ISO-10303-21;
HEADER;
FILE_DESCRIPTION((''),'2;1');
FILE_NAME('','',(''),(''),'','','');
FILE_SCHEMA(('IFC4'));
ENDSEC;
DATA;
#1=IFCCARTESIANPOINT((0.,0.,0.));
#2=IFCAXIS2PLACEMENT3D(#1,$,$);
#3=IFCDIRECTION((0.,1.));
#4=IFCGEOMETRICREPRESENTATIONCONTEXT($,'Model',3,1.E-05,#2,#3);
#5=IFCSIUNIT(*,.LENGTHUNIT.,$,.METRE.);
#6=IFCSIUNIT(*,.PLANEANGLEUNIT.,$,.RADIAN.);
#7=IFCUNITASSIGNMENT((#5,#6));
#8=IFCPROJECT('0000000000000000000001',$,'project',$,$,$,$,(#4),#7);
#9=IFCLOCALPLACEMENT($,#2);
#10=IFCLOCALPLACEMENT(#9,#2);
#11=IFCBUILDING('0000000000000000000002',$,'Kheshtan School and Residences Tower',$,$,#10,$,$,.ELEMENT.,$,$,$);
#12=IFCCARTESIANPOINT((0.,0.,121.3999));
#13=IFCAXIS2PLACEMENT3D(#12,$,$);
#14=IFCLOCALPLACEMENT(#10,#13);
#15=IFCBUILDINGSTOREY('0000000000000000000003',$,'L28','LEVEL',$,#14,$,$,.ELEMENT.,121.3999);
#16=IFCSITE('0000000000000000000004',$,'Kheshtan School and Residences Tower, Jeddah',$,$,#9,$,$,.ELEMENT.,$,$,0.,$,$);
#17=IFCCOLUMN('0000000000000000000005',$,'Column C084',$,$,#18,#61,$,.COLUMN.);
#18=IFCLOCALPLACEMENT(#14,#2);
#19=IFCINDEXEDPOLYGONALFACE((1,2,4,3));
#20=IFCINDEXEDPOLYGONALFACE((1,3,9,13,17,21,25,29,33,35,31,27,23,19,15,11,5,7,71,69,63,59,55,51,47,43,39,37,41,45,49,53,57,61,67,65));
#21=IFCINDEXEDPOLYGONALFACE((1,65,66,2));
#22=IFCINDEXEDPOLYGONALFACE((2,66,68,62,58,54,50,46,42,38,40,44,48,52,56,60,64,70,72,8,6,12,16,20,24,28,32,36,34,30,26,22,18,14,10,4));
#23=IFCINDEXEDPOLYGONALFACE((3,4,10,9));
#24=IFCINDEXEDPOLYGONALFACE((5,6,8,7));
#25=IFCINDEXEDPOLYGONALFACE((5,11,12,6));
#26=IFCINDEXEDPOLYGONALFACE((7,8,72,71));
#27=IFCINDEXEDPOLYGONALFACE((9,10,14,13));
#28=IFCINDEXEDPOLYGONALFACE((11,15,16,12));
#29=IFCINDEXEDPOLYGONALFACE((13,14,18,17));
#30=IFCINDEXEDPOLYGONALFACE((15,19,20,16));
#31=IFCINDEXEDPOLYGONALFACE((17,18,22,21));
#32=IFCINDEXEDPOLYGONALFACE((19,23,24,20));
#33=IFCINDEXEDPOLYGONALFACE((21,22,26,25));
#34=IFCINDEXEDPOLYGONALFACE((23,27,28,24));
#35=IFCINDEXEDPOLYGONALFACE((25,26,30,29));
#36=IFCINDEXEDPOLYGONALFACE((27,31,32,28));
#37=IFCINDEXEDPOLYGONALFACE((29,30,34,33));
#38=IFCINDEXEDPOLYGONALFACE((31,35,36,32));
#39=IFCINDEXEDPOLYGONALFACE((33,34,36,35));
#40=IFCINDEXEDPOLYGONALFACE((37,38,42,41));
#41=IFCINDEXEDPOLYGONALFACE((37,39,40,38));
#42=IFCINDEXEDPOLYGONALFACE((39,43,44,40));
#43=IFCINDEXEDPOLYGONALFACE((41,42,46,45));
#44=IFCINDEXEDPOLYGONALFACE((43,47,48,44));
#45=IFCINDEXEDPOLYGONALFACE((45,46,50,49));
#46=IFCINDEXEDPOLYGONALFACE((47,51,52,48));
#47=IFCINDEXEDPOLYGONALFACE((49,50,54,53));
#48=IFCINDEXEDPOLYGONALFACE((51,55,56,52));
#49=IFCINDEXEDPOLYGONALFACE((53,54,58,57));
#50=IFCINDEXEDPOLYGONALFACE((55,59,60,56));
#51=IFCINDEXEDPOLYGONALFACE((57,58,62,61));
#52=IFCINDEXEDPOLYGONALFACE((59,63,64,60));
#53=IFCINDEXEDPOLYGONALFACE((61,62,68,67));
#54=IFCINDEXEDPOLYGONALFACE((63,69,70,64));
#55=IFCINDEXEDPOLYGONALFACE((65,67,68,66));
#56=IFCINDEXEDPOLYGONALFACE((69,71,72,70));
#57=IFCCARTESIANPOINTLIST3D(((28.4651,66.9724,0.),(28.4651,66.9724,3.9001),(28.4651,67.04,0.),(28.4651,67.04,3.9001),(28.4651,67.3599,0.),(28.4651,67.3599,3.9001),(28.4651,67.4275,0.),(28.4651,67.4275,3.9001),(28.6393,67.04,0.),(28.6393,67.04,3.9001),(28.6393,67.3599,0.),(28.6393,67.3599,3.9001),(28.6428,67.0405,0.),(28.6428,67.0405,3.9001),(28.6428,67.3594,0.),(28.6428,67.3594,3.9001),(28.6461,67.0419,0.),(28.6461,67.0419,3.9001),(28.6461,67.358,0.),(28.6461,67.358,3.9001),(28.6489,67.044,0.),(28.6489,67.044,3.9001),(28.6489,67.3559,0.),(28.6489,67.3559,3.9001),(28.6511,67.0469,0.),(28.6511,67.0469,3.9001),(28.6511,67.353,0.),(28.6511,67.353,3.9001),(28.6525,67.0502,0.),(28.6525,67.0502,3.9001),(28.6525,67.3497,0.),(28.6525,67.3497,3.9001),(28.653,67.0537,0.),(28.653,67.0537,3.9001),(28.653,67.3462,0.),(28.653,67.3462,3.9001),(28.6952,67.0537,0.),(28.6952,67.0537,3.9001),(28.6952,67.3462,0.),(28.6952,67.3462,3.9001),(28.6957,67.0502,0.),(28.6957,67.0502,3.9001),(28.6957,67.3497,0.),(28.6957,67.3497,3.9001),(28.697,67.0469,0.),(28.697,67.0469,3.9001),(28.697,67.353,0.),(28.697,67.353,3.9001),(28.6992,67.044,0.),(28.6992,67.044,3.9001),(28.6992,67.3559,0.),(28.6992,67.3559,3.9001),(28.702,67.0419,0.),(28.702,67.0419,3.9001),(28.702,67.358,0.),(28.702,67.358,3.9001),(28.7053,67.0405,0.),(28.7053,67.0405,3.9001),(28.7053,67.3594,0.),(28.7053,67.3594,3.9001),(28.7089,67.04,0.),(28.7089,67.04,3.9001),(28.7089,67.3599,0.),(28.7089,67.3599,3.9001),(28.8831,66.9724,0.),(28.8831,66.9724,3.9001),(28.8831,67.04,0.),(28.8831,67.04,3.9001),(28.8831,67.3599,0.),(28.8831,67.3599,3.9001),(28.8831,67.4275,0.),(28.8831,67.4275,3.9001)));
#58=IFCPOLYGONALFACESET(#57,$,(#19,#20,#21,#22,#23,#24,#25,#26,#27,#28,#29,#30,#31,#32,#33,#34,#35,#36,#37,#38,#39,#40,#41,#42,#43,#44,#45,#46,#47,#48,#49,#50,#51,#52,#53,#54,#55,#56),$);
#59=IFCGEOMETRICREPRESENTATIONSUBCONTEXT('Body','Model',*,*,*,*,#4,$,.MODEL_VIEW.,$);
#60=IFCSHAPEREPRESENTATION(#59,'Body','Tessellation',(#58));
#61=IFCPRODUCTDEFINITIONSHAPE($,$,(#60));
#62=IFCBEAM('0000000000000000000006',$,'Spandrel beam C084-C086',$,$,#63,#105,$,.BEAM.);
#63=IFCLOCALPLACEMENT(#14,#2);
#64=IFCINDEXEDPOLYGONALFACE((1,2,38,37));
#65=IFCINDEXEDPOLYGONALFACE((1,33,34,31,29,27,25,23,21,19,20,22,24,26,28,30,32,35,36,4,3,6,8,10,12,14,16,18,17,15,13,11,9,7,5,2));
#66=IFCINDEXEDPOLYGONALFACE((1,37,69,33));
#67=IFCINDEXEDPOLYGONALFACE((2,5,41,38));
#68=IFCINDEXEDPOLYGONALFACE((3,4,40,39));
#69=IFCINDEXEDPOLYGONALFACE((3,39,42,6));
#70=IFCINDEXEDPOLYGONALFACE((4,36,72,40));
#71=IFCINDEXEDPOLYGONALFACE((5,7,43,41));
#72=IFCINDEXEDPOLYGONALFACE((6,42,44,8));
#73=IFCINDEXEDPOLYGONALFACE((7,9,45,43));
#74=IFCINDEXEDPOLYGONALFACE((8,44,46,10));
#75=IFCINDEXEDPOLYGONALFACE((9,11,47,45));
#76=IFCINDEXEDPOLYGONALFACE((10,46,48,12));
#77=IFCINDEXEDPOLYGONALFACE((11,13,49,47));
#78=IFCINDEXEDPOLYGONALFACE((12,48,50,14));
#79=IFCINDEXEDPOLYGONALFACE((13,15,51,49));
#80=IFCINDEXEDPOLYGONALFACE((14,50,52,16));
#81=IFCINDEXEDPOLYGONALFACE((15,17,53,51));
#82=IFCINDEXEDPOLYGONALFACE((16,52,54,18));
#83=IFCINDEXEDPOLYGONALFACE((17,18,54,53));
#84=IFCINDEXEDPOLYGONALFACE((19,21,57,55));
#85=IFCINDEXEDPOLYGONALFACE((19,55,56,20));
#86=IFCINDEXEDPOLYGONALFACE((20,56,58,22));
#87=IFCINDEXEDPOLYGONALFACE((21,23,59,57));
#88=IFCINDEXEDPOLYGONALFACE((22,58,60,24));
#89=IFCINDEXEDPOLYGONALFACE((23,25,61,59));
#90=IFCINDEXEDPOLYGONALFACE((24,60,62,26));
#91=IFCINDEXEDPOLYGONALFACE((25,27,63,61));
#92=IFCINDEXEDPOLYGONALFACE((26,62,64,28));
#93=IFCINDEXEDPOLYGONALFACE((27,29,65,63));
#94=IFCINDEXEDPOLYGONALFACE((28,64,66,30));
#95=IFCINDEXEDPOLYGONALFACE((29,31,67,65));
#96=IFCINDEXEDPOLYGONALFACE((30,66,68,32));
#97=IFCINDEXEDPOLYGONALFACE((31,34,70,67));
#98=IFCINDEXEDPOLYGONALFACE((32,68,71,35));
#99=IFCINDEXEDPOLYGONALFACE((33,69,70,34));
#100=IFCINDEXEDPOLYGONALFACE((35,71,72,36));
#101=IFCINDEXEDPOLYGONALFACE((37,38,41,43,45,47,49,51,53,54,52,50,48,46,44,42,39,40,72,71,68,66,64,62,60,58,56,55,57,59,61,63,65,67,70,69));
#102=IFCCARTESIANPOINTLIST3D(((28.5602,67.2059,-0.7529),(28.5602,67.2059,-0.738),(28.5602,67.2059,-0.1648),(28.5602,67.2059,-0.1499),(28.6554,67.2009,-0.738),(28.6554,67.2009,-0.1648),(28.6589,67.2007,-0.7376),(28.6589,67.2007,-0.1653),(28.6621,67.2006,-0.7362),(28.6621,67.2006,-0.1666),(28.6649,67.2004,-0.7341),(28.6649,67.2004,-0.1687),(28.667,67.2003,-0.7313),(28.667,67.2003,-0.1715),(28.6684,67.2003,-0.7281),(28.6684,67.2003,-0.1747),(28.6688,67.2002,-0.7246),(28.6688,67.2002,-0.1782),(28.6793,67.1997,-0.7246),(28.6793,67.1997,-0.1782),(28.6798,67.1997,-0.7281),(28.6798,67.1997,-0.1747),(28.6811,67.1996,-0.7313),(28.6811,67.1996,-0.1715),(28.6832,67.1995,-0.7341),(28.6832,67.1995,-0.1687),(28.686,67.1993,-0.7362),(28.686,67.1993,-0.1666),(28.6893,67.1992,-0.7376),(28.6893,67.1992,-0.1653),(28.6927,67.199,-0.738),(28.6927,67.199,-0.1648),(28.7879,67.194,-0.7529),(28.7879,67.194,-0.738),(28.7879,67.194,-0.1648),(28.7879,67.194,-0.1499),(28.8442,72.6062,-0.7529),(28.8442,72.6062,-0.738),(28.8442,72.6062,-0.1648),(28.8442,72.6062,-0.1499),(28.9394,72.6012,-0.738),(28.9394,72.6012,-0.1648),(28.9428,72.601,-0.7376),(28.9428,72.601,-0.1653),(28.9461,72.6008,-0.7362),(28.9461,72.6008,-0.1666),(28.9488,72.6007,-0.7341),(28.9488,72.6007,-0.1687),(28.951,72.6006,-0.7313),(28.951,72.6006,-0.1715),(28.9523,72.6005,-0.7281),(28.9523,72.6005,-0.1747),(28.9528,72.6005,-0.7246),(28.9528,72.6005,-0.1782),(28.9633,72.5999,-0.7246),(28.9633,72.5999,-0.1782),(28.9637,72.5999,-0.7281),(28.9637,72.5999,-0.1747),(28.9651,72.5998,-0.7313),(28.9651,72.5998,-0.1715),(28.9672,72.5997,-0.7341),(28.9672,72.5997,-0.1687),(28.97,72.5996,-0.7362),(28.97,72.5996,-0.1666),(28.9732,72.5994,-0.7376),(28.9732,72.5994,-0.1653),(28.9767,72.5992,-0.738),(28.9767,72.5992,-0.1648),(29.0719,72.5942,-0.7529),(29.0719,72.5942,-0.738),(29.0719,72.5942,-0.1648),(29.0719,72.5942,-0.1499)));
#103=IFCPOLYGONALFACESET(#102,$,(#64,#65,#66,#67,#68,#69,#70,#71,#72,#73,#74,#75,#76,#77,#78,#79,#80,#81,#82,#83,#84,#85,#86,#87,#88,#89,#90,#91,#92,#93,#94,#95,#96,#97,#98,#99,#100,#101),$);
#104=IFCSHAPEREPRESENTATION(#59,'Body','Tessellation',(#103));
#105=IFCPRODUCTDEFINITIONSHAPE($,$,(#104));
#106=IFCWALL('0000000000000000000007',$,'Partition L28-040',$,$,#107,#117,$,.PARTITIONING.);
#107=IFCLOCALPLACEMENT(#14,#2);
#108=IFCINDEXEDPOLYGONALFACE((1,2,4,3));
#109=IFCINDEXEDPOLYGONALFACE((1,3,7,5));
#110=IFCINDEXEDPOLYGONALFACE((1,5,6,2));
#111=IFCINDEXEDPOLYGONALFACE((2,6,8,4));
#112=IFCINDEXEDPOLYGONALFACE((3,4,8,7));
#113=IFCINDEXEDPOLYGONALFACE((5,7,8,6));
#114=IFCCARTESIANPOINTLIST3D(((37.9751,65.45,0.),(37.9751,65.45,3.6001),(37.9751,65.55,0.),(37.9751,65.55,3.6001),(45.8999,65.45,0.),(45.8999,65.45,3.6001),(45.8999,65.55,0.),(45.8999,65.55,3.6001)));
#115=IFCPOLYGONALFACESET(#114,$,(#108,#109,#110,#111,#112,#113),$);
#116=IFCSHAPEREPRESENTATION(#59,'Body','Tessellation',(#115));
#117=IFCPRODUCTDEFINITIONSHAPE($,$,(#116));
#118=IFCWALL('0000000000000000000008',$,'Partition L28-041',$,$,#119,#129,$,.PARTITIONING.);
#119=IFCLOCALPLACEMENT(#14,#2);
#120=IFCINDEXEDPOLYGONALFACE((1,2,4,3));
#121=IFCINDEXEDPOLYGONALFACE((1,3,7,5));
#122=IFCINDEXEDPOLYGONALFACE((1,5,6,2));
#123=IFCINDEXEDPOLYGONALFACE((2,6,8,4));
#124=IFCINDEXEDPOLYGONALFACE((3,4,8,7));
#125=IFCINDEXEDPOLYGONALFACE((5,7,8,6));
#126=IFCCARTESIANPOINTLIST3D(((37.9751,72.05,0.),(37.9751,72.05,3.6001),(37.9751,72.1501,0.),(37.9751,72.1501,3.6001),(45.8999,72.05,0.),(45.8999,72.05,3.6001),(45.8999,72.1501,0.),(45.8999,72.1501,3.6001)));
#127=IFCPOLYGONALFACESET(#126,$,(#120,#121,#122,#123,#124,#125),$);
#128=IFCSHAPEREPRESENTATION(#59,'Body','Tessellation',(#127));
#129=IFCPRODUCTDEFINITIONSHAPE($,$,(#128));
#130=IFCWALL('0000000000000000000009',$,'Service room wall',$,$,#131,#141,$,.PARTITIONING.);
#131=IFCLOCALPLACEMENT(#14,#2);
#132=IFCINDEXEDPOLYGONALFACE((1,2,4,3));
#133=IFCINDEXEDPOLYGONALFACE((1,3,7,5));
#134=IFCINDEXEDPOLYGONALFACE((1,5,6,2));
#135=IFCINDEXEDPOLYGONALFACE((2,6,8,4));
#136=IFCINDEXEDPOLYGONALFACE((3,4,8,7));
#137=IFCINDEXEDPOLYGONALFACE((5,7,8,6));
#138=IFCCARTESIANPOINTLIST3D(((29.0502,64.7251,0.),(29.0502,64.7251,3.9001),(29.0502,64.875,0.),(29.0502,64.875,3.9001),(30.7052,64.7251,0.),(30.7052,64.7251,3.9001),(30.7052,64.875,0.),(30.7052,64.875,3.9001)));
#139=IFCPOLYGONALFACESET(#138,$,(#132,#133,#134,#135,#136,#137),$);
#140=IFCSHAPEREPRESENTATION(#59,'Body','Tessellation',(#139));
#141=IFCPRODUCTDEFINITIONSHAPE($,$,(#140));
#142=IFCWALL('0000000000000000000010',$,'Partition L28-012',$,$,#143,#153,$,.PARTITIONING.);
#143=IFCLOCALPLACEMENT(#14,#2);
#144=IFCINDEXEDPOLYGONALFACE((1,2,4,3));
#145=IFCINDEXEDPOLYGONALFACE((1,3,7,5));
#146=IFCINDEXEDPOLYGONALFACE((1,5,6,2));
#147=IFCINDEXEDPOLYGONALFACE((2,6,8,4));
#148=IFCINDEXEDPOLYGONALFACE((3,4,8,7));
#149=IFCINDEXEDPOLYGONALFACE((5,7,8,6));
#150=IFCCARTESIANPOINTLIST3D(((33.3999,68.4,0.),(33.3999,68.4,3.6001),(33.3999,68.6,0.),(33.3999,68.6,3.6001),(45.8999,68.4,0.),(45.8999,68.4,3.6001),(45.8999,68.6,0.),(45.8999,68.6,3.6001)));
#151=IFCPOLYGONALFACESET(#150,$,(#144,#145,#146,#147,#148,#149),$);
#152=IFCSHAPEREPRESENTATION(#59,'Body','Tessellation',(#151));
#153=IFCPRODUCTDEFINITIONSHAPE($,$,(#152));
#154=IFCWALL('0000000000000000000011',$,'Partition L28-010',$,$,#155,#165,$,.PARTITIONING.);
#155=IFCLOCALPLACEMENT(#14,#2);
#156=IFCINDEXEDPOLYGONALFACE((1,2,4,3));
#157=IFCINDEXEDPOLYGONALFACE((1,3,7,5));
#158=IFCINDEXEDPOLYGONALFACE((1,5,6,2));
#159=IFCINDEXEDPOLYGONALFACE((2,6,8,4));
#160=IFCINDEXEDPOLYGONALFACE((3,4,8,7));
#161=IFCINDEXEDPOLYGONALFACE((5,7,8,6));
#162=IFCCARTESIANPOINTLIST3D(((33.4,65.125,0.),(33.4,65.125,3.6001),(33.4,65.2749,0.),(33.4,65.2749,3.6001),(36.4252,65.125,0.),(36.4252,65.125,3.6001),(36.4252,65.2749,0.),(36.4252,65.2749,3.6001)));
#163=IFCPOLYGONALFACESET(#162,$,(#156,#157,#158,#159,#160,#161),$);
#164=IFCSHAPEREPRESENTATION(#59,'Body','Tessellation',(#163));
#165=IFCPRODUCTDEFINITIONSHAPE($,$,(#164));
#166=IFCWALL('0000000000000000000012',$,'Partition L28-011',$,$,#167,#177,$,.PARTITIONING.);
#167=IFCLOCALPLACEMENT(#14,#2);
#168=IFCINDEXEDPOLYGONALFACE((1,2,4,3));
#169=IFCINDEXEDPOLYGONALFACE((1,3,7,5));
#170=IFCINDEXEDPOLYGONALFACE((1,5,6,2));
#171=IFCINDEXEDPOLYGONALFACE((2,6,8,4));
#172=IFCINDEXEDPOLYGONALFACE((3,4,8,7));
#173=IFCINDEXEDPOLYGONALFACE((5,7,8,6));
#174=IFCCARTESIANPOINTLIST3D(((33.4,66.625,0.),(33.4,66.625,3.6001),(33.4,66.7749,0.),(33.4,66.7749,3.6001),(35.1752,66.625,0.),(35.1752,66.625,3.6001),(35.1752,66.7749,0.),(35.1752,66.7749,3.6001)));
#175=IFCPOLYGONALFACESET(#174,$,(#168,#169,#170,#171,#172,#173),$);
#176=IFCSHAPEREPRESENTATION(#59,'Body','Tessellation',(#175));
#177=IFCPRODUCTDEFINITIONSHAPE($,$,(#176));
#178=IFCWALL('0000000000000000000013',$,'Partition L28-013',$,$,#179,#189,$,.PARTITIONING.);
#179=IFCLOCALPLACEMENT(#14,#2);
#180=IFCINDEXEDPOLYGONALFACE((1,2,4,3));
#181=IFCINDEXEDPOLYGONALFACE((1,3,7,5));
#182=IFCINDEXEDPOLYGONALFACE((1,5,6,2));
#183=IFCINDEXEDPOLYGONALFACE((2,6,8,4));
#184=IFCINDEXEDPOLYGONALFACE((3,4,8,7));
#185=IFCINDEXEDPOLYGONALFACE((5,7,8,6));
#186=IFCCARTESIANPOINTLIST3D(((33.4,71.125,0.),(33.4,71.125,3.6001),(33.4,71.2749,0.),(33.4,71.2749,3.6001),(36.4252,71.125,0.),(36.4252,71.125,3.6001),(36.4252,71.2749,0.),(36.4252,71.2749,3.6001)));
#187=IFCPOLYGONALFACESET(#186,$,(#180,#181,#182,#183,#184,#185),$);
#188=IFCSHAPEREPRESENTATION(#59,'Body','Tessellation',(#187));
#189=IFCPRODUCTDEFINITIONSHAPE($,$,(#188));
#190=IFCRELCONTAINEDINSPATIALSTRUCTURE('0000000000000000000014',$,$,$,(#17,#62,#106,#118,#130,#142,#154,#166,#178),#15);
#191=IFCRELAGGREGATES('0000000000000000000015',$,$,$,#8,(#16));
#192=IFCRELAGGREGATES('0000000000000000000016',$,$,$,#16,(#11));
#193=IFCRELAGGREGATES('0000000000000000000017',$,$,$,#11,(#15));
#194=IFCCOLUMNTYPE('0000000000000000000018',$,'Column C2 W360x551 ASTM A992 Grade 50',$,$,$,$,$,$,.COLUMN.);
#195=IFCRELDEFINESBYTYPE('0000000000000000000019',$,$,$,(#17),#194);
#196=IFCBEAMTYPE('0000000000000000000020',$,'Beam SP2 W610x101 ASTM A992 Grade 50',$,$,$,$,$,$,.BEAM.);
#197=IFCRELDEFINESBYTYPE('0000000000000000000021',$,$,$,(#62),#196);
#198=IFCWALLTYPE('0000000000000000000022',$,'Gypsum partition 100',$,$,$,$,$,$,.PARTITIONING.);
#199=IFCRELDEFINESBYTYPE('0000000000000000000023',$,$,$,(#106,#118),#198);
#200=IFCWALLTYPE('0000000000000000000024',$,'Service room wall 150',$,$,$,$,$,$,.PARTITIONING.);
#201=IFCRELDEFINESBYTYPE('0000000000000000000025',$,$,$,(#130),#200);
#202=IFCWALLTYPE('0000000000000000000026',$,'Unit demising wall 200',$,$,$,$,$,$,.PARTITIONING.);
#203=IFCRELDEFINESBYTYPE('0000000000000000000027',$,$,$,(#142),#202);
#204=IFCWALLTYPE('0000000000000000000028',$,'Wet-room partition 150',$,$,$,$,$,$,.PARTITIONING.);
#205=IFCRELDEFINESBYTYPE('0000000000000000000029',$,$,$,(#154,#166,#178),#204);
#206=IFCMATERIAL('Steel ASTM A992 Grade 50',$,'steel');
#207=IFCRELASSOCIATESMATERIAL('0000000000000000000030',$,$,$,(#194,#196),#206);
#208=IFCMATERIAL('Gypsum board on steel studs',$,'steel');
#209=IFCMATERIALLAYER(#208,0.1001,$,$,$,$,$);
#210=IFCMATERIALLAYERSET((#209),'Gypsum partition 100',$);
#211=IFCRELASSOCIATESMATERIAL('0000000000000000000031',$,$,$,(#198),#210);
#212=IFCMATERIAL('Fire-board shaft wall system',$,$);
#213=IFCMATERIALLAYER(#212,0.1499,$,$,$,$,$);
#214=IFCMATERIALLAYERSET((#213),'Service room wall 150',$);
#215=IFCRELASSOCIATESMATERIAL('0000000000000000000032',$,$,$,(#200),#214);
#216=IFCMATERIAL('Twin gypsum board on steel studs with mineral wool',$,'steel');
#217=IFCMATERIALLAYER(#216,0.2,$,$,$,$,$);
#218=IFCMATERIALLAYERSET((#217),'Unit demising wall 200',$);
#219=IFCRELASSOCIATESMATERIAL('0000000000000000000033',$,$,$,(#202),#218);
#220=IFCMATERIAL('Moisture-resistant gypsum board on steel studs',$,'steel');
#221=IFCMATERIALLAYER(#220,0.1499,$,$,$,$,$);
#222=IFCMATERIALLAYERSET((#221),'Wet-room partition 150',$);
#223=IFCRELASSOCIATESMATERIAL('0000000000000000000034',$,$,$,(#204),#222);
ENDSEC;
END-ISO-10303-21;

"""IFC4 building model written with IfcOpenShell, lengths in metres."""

from ifc_helpers import new_model, si_unit, direction, frame, frame_2d, origin, origin_2d, place, context, subcontext, project, spatial, rectangle, i_section, extrude, material, layer, layer_set, material_profile, profile_set, type_object, element, save


model = new_model("IFC4")

# Units and contexts
model_context = context("Model", 3, precision=1e-05, world=origin(), true_north=direction((0.0, 1.0)))
body_context = subcontext(model_context, "Body", "Model", "MODEL_VIEW")
ifc_project = project(units=[si_unit("LENGTHUNIT", "METRE"), si_unit("PLANEANGLEUNIT", "RADIAN")], contexts=[model_context])

# Site, building, storey
site_placement = place(None, origin())
site = spatial("IfcSite", under=ifc_project, at=site_placement, Name="Kheshtan School and Residences Tower, Jeddah", CompositionType="ELEMENT", RefElevation=0.0)
building_placement = place(site_placement, origin())
building = spatial("IfcBuilding", under=site, at=building_placement, Name="Kheshtan School and Residences Tower", CompositionType="ELEMENT")
storey_placement = place(building_placement, frame((0.0, 0.0, 121.3999)))
storey = spatial("IfcBuildingStorey", under=building, at=storey_placement, Name="L28", Description="LEVEL", CompositionType="ELEMENT", Elevation=121.3999)

# Column
ifc_material_1 = material(Name="Steel ASTM A992 Grade 50", Category="steel")
ifc_material_profile_1 = material_profile(ifc_material_1, i_section(OverallWidth=0.418, OverallDepth=0.4551, WebThickness=0.0422, FlangeThickness=0.0676, FilletRadius=0.0137, at=origin_2d()), Name="W360x551")
ifc_profile_set_1 = profile_set([ifc_material_profile_1], Name="Steel ASTM A992 Grade 50")
column_type = type_object("IfcColumnType", Name="Column C2 W360x551 ASTM A992 Grade 50", PredefinedType="COLUMN", material=ifc_profile_set_1)
column_placement = place(storey_placement, frame((28.6741, 67.2, 0.0), z_axis=(0.0, 0.0, 1.0), x_axis=(1.0, 0.0, 0.0)))
element("IfcColumn", 1, at=column_placement, inside=storey, type_object=column_type, Name="Column C084", PredefinedType="COLUMN", context=body_context, shape_type="SweptSolid", body=[
    extrude(i_section(OverallWidth=0.418, OverallDepth=0.4551, WebThickness=0.0422, FlangeThickness=0.0676, FilletRadius=0.0137, at=origin_2d()), origin(), (0.0, 0.0, 1.0), 3.9001),
])

# Beam
ifc_material_profile_2 = material_profile(ifc_material_1, i_section(OverallWidth=0.228, OverallDepth=0.603, WebThickness=0.0105, FlangeThickness=0.0149, FilletRadius=0.0134, at=origin_2d()), Name="W610x101")
ifc_profile_set_2 = profile_set([ifc_material_profile_2], Name="Steel ASTM A992 Grade 50")
beam_type = type_object("IfcBeamType", Name="Beam SP2 W610x101 ASTM A992 Grade 50", PredefinedType="BEAM", material=ifc_profile_set_2)
beam_placement = place(storey_placement, frame((28.6741, 67.2, -0.4514), z_axis=(0.052507, 0.998621, 0.0), x_axis=(-0.998621, 0.052507, 0.0)))
element("IfcBeam", 2, at=beam_placement, inside=storey, type_object=beam_type, Name="Spandrel beam C084-C086", PredefinedType="BEAM", context=body_context, shape_type="SweptSolid", body=[
    extrude(i_section(OverallWidth=0.228, OverallDepth=0.603, WebThickness=0.0105, FlangeThickness=0.0149, FilletRadius=0.0134, at=origin_2d()), origin(), (0.0, 0.0, 1.0), 5.4077),
])

# Walls
ifc_material_2 = material(Name="Gypsum board on steel studs", Category="steel")
ifc_layer_1 = layer(ifc_material_2, 0.1001)
ifc_layer_set_1 = layer_set([ifc_layer_1], Name="Gypsum partition 100")
wall_type_1 = type_object("IfcWallType", Name="Gypsum partition 100", PredefinedType="PARTITIONING", material=ifc_layer_set_1)
for number, where, z_axis, x_axis, name in (
    (3, (37.9751, 65.5, 0.0), (0.0, 0.0, 1.0), (1.0, 0.0, 0.0), "Partition L28-040"),
    (4, (37.9751, 72.1001, 0.0), (0.0, 0.0, 1.0), (1.0, 0.0, 0.0), "Partition L28-041"),
):
    element("IfcWall", number, at=place(storey_placement, frame(where, z_axis=z_axis, x_axis=x_axis)), inside=storey, type_object=wall_type_1, Name=name, PredefinedType="PARTITIONING", context=body_context, shape_type="SweptSolid", body=[
        extrude(rectangle(XDim=7.9248, YDim=0.1001, at=frame_2d((3.9624, 0.0))), origin(), (0.0, 0.0, 1.0), 3.6001),
    ])
ifc_material_3 = material(Name="Fire-board shaft wall system")
ifc_layer_2 = layer(ifc_material_3, 0.1499)
ifc_layer_set_2 = layer_set([ifc_layer_2], Name="Service room wall 150")
wall_type_2 = type_object("IfcWallType", Name="Service room wall 150", PredefinedType="PARTITIONING", material=ifc_layer_set_2)
wall_1_placement = place(storey_placement, frame((29.05, 64.8, 0.0), z_axis=(0.0, 0.0, 1.0), x_axis=(1.0, 0.0, 0.0)))
element("IfcWall", 5, at=wall_1_placement, inside=storey, type_object=wall_type_2, Name="Service room wall", PredefinedType="PARTITIONING", context=body_context, shape_type="SweptSolid", body=[
    extrude(rectangle(XDim=1.655, YDim=0.1499, at=frame_2d((0.8276, 0.0))), origin(), (0.0, 0.0, 1.0), 3.9001),
])
ifc_material_4 = material(Name="Twin gypsum board on steel studs with mineral wool", Category="steel")
ifc_layer_3 = layer(ifc_material_4, 0.2)
ifc_layer_set_3 = layer_set([ifc_layer_3], Name="Unit demising wall 200")
wall_type_3 = type_object("IfcWallType", Name="Unit demising wall 200", PredefinedType="PARTITIONING", material=ifc_layer_set_3)
wall_2_placement = place(storey_placement, frame((33.3999, 68.5, 0.0), z_axis=(0.0, 0.0, 1.0), x_axis=(1.0, 0.0, 0.0)))
element("IfcWall", 6, at=wall_2_placement, inside=storey, type_object=wall_type_3, Name="Partition L28-012", PredefinedType="PARTITIONING", context=body_context, shape_type="SweptSolid", body=[
    extrude(rectangle(XDim=12.5, YDim=0.2, at=frame_2d((6.25, 0.0))), origin(), (0.0, 0.0, 1.0), 3.6001),
])
ifc_material_5 = material(Name="Moisture-resistant gypsum board on steel studs", Category="steel")
ifc_layer_4 = layer(ifc_material_5, 0.1499)
ifc_layer_set_4 = layer_set([ifc_layer_4], Name="Wet-room partition 150")
wall_type_4 = type_object("IfcWallType", Name="Wet-room partition 150", PredefinedType="PARTITIONING", material=ifc_layer_set_4)
wall_3_placement = place(storey_placement, frame((33.3999, 65.2, 0.0), z_axis=(0.0, 0.0, 1.0), x_axis=(1.0, 0.0, 0.0)))
element("IfcWall", 7, at=wall_3_placement, inside=storey, type_object=wall_type_4, Name="Partition L28-010", PredefinedType="PARTITIONING", context=body_context, shape_type="SweptSolid", body=[
    extrude(rectangle(XDim=3.0251, YDim=0.1499, at=frame_2d((1.5127, 0.0))), origin(), (0.0, 0.0, 1.0), 3.6001),
])
wall_4_placement = place(storey_placement, frame((33.3999, 66.7, 0.0), z_axis=(0.0, 0.0, 1.0), x_axis=(1.0, 0.0, 0.0)))
element("IfcWall", 8, at=wall_4_placement, inside=storey, type_object=wall_type_4, Name="Partition L28-011", PredefinedType="PARTITIONING", context=body_context, shape_type="SweptSolid", body=[
    extrude(rectangle(XDim=1.7751, YDim=0.1499, at=frame_2d((0.8877, 0.0))), origin(), (0.0, 0.0, 1.0), 3.6001),
])
wall_5_placement = place(storey_placement, frame((33.3999, 71.2, 0.0), z_axis=(0.0, 0.0, 1.0), x_axis=(1.0, 0.0, 0.0)))
element("IfcWall", 9, at=wall_5_placement, inside=storey, type_object=wall_type_4, Name="Partition L28-013", PredefinedType="PARTITIONING", context=body_context, shape_type="SweptSolid", body=[
    extrude(rectangle(XDim=3.0251, YDim=0.1499, at=frame_2d((1.5127, 0.0))), origin(), (0.0, 0.0, 1.0), 3.6001),
])

save(model, "model.ifc")
